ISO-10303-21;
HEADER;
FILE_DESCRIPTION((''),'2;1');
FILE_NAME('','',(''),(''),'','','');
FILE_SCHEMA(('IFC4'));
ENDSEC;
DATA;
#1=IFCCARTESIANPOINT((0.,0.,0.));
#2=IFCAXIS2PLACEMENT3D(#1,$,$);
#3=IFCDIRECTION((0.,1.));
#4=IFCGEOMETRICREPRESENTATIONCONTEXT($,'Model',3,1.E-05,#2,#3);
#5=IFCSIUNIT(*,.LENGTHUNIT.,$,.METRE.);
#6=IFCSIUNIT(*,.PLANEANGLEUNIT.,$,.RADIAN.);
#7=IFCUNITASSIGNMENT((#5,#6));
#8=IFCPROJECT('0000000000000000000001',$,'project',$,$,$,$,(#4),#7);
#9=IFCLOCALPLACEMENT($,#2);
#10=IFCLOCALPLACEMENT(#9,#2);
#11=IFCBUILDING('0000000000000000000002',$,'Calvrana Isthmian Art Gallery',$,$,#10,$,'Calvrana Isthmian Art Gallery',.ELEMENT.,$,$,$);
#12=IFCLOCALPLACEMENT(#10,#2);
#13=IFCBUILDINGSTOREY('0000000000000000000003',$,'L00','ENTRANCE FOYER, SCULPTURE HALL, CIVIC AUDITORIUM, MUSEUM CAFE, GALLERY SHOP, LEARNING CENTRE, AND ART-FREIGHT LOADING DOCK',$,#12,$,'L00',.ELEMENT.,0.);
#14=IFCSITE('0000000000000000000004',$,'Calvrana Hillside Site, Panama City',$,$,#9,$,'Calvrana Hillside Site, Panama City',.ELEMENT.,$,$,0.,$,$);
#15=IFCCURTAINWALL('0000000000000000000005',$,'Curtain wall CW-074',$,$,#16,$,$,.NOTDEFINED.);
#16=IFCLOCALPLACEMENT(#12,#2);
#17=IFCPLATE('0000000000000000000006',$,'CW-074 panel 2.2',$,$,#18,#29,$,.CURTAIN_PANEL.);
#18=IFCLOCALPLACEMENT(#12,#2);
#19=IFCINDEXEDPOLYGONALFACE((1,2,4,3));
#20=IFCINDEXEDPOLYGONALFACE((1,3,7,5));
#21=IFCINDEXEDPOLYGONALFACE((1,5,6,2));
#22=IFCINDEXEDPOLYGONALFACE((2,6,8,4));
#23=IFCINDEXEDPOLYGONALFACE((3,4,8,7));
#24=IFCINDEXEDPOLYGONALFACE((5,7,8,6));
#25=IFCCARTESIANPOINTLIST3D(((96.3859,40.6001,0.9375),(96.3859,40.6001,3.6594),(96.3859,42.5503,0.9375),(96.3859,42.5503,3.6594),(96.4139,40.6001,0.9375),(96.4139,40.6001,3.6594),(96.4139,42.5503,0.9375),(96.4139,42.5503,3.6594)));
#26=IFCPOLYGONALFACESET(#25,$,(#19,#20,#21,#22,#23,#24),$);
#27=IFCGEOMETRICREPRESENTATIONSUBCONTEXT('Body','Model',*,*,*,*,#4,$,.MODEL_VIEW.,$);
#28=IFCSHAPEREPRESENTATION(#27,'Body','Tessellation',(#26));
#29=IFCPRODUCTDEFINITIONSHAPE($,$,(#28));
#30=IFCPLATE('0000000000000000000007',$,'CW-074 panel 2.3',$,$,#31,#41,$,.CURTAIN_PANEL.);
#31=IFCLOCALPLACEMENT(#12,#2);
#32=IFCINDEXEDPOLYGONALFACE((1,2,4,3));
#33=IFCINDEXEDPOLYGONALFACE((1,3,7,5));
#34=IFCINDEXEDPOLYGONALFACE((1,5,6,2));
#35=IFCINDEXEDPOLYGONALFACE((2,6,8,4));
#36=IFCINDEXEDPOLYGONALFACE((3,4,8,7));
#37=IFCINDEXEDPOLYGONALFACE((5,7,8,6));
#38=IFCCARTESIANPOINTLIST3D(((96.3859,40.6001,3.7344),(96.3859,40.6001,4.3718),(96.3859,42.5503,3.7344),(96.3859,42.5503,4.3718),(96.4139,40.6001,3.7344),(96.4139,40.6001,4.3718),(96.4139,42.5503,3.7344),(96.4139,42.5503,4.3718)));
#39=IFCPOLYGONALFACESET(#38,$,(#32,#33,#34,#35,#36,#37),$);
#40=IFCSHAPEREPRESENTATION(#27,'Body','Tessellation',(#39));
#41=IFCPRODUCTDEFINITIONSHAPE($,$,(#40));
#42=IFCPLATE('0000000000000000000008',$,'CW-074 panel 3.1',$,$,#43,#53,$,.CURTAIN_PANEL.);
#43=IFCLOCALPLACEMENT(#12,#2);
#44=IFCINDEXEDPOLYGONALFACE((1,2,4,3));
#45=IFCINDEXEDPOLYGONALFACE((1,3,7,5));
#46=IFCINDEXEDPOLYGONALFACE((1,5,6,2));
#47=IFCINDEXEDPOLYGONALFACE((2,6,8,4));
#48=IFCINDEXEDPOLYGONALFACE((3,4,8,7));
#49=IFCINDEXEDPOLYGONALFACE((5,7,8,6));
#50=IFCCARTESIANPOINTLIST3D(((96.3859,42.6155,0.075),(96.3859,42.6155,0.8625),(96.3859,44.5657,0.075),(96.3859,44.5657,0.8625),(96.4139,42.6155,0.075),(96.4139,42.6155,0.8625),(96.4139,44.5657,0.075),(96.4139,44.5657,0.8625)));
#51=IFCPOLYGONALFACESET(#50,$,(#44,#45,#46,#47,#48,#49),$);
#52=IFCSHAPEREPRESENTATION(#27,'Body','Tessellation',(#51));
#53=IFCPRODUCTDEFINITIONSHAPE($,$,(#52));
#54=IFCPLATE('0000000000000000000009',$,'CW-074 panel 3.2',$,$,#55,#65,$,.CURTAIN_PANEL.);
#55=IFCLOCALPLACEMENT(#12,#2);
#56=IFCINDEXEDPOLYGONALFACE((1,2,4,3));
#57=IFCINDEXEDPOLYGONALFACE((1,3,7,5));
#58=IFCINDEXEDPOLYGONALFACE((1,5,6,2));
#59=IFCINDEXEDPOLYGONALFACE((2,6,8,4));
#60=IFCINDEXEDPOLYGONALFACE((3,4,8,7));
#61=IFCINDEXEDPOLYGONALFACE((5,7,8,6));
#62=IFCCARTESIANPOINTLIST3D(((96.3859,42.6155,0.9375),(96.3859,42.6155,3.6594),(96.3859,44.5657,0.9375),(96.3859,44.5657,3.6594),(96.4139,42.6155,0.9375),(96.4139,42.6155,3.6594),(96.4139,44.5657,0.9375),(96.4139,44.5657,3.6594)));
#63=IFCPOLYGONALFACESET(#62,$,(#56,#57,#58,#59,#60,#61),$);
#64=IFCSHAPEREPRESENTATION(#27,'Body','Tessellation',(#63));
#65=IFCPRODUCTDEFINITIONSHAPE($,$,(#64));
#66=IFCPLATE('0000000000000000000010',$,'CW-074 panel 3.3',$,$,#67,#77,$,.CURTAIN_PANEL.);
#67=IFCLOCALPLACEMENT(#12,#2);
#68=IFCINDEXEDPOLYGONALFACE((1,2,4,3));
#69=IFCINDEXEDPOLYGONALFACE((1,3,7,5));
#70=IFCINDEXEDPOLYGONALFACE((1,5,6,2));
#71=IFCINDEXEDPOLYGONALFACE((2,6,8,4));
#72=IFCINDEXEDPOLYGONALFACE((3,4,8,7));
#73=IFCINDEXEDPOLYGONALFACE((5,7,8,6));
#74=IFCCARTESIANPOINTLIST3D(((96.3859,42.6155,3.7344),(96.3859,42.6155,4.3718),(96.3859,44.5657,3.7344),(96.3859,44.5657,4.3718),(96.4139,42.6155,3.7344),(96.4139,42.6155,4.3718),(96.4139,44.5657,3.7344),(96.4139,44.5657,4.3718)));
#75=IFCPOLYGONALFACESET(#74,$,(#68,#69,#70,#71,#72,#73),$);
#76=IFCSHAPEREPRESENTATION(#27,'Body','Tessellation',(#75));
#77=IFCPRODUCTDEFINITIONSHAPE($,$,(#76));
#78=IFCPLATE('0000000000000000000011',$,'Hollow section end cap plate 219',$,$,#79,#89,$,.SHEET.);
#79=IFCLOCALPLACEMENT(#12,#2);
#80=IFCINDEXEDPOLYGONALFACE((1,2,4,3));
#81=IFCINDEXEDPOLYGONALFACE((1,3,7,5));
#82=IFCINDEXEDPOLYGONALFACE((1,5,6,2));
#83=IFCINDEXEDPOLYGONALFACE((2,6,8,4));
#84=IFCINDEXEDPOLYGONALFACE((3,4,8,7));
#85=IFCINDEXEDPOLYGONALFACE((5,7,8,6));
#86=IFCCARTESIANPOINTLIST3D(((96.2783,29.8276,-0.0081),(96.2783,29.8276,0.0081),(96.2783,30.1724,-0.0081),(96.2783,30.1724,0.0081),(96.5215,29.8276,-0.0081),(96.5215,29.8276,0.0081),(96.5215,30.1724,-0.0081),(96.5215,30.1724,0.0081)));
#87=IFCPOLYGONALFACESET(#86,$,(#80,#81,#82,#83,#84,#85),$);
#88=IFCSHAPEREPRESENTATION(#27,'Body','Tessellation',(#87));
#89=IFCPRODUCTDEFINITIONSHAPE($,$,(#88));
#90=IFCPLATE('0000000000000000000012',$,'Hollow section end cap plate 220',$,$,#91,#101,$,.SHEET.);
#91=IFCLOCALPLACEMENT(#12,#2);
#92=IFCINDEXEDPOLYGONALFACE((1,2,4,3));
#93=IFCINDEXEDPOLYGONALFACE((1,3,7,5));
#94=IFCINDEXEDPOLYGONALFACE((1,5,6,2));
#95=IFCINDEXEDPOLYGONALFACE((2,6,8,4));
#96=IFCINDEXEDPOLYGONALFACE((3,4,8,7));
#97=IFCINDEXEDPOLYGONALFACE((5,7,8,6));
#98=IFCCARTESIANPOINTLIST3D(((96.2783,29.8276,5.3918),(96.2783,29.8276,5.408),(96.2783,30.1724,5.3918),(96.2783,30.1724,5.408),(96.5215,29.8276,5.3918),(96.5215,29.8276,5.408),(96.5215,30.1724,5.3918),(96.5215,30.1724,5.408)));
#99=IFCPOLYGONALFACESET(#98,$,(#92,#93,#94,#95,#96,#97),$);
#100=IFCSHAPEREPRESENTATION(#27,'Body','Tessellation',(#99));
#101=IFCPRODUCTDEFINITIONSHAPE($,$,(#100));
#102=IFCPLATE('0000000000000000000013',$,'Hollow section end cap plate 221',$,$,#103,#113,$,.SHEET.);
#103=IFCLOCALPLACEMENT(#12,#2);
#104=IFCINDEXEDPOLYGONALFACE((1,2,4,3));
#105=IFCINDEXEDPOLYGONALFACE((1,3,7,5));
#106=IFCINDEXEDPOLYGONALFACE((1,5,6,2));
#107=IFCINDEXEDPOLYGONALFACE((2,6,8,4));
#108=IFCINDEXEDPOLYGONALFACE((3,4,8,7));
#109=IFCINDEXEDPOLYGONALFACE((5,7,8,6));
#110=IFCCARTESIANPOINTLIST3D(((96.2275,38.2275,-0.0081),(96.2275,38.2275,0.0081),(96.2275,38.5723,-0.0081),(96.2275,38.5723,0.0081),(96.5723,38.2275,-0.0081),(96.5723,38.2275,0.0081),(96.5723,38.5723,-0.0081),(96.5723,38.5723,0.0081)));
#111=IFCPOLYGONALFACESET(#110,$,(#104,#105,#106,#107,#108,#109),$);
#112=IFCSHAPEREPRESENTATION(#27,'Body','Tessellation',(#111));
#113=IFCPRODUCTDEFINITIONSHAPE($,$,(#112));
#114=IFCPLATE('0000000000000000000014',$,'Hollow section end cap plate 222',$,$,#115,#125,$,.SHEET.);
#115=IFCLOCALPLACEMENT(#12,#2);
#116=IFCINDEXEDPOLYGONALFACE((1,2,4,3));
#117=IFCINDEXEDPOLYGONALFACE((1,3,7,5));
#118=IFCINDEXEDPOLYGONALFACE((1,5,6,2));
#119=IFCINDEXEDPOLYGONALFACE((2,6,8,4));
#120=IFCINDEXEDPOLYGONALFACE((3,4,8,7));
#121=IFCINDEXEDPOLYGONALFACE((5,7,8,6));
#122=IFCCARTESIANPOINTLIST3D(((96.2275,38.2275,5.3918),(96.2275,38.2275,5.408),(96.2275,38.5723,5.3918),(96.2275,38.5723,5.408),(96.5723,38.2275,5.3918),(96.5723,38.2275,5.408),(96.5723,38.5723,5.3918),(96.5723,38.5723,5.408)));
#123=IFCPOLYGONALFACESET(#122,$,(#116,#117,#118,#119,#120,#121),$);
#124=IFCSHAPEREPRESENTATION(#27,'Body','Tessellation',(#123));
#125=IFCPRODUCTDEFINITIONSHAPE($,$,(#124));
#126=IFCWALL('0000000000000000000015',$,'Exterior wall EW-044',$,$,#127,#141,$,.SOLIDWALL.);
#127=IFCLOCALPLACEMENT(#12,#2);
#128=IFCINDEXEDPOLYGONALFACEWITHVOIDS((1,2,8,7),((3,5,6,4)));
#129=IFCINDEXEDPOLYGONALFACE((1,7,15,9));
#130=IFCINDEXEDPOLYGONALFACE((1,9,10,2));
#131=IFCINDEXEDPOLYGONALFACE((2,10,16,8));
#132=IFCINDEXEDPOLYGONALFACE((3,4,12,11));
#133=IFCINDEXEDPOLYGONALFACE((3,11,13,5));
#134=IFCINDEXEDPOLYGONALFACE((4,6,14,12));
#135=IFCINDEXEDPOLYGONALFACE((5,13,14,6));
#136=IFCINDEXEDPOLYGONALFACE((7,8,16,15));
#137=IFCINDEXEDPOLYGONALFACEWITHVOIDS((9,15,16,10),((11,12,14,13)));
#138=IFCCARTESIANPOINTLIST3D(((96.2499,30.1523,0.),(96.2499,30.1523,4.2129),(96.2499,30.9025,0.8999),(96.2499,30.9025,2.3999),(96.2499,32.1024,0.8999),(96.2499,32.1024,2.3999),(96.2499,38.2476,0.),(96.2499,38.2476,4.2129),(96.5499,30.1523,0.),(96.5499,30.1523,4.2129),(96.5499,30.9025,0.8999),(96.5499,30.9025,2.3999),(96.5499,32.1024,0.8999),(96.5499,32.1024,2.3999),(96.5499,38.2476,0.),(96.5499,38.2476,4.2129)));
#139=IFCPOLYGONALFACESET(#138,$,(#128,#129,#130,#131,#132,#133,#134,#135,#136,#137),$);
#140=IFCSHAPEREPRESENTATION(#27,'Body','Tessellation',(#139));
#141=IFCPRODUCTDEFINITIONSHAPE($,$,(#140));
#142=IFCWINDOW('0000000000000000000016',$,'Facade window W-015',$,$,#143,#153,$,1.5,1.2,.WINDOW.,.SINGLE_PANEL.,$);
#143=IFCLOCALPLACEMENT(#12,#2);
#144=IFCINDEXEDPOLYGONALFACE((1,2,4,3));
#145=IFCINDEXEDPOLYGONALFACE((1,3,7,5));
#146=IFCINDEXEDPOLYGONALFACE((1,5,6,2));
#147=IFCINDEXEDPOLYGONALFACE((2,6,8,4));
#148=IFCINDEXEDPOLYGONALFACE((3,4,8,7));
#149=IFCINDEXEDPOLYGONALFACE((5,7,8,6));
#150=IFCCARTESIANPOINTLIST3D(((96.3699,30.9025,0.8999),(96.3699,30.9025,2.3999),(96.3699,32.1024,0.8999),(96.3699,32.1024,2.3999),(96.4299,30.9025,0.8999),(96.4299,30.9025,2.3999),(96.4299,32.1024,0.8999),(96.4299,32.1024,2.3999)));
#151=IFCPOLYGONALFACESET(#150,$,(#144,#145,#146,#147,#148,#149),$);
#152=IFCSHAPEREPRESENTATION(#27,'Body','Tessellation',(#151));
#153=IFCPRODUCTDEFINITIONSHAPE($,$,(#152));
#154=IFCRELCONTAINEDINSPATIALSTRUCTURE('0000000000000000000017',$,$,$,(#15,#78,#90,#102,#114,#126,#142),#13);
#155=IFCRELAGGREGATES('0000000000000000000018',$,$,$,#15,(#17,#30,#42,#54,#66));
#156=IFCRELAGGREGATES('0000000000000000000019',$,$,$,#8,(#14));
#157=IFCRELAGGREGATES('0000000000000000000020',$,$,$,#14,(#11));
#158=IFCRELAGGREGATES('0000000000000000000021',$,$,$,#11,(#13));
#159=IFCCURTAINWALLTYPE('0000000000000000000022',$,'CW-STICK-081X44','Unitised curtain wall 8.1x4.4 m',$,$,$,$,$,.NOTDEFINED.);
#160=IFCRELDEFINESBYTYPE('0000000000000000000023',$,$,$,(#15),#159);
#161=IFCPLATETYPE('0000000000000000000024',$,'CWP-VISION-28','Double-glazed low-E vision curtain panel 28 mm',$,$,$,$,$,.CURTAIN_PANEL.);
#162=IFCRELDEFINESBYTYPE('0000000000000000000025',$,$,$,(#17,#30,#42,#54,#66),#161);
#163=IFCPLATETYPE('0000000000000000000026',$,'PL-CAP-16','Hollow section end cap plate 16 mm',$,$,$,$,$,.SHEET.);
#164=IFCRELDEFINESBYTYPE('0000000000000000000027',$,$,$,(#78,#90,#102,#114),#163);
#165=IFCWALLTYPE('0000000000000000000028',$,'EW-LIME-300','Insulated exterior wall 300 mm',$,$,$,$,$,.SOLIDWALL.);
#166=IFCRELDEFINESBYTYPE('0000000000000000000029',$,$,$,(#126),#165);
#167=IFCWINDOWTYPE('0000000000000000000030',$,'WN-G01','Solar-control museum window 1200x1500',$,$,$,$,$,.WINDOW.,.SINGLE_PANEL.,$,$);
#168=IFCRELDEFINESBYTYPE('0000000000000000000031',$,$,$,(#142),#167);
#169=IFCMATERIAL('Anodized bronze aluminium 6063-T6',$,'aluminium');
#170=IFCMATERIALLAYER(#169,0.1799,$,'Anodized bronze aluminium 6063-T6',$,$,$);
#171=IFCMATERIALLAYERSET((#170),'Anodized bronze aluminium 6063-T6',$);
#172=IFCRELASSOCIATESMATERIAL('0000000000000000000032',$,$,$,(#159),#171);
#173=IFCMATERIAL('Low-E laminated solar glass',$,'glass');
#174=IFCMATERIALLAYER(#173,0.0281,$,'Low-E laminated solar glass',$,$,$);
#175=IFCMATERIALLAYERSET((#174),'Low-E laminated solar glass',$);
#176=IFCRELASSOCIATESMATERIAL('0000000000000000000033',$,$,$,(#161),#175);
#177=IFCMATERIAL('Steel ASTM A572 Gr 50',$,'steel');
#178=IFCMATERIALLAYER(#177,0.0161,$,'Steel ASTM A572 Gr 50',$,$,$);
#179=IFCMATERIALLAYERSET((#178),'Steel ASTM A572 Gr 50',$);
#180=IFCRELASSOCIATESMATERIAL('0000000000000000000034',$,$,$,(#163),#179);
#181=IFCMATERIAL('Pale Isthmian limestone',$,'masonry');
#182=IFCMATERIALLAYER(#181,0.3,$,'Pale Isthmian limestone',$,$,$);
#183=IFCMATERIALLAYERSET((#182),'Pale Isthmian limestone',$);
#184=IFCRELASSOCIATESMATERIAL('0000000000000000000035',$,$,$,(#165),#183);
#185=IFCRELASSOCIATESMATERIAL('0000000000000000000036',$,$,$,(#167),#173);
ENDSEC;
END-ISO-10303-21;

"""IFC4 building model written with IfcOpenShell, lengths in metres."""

from ifc_helpers import new_model, si_unit, direction, frame, frame_2d, origin, origin_2d, place, context, subcontext, project, spatial, rectangle, extrude, material, layer, layer_set, type_object, element, fill, aggregate, save


model = new_model("IFC4")

# Units and contexts
model_context = context("Model", 3, precision=1e-05, world=origin(), true_north=direction((0.0, 1.0)))
body_context = subcontext(model_context, "Body", "Model", "MODEL_VIEW")
ifc_project = project(units=[si_unit("LENGTHUNIT", "METRE"), si_unit("PLANEANGLEUNIT", "RADIAN")], contexts=[model_context])

# Site, building, storey
site_placement = place(None, origin())
site = spatial("IfcSite", under=ifc_project, at=site_placement, Name="Calvrana Hillside Site, Panama City", LongName="Calvrana Hillside Site, Panama City", CompositionType="ELEMENT", RefElevation=0.0)
building_placement = place(site_placement, origin())
building = spatial("IfcBuilding", under=site, at=building_placement, Name="Calvrana Isthmian Art Gallery", LongName="Calvrana Isthmian Art Gallery", CompositionType="ELEMENT")
storey_placement = place(building_placement, origin())
storey = spatial("IfcBuildingStorey", under=building, at=storey_placement, Name="L00", Description="ENTRANCE FOYER, SCULPTURE HALL, CIVIC AUDITORIUM, MUSEUM CAFE, GALLERY SHOP, LEARNING CENTRE, AND ART-FREIGHT LOADING DOCK", LongName="L00", CompositionType="ELEMENT", Elevation=0.0)

# Shared definitions
ifc_material_1 = material(Name="Anodized bronze aluminium 6063-T6", Category="aluminium")

# Curtain wall, plates
ifc_layer_1 = layer(ifc_material_1, 0.1799, Name="Anodized bronze aluminium 6063-T6")
ifc_layer_set_1 = layer_set([ifc_layer_1], Name="Anodized bronze aluminium 6063-T6")
curtain_wall_type_1 = type_object("IfcCurtainWallType", Name="CW-STICK-081X44", Description="Unitised curtain wall 8.1x4.4 m", PredefinedType="NOTDEFINED", material=ifc_layer_set_1)
curtain_wall_1_placement = place(storey_placement, origin())
curtain_wall_1 = element("IfcCurtainWall", 1, at=curtain_wall_1_placement, inside=storey, type_object=curtain_wall_type_1, Name="Curtain wall CW-074", PredefinedType="NOTDEFINED")
ifc_material_2 = material(Name="Low-E laminated solar glass", Category="glass")
ifc_layer_2 = layer(ifc_material_2, 0.0281, Name="Low-E laminated solar glass")
ifc_layer_set_2 = layer_set([ifc_layer_2], Name="Low-E laminated solar glass")
plate_type_1 = type_object("IfcPlateType", Name="CWP-VISION-28", Description="Double-glazed low-E vision curtain panel 28 mm", PredefinedType="CURTAIN_PANEL", material=ifc_layer_set_2)
plate_1_placement = place(storey_placement, frame((96.3999, 41.5752, 0.9375), z_axis=(0.0, 0.0, 1.0), x_axis=(0.0, 1.0, 0.0)))
plate_1 = element("IfcPlate", 2, at=plate_1_placement, type_object=plate_type_1, Name="CW-074 panel 2.2", PredefinedType="CURTAIN_PANEL", context=body_context, shape_type="SweptSolid", body=[
    extrude(rectangle(XDim=1.9502, YDim=0.0281, at=origin_2d()), origin(), (0.0, 0.0, 1.0), 2.7219),
])
plate_2_placement = place(storey_placement, frame((96.3999, 41.5752, 3.7344), z_axis=(0.0, 0.0, 1.0), x_axis=(0.0, 1.0, 0.0)))
plate_2 = element("IfcPlate", 3, at=plate_2_placement, type_object=plate_type_1, Name="CW-074 panel 2.3", PredefinedType="CURTAIN_PANEL", context=body_context, shape_type="SweptSolid", body=[
    extrude(rectangle(XDim=1.9502, YDim=0.0281, at=origin_2d()), origin(), (0.0, 0.0, 1.0), 0.6375),
])
plate_3_placement = place(storey_placement, frame((96.3999, 43.5906, 0.075), z_axis=(0.0, 0.0, 1.0), x_axis=(0.0, 1.0, 0.0)))
plate_3 = element("IfcPlate", 4, at=plate_3_placement, type_object=plate_type_1, Name="CW-074 panel 3.1", PredefinedType="CURTAIN_PANEL", context=body_context, shape_type="SweptSolid", body=[
    extrude(rectangle(XDim=1.9502, YDim=0.0281, at=origin_2d()), origin(), (0.0, 0.0, 1.0), 0.7876),
])
plate_4_placement = place(storey_placement, frame((96.3999, 43.5906, 0.9375), z_axis=(0.0, 0.0, 1.0), x_axis=(0.0, 1.0, 0.0)))
plate_4 = element("IfcPlate", 5, at=plate_4_placement, type_object=plate_type_1, Name="CW-074 panel 3.2", PredefinedType="CURTAIN_PANEL", context=body_context, shape_type="SweptSolid", body=[
    extrude(rectangle(XDim=1.9502, YDim=0.0281, at=origin_2d()), origin(), (0.0, 0.0, 1.0), 2.7219),
])
plate_5_placement = place(storey_placement, frame((96.3999, 43.5906, 3.7344), z_axis=(0.0, 0.0, 1.0), x_axis=(0.0, 1.0, 0.0)))
plate_5 = element("IfcPlate", 6, at=plate_5_placement, type_object=plate_type_1, Name="CW-074 panel 3.3", PredefinedType="CURTAIN_PANEL", context=body_context, shape_type="SweptSolid", body=[
    extrude(rectangle(XDim=1.9502, YDim=0.0281, at=origin_2d()), origin(), (0.0, 0.0, 1.0), 0.6375),
])
aggregate(curtain_wall_1, [plate_1, plate_2, plate_3, plate_4, plate_5])

# Plates
ifc_material_3 = material(Name="Steel ASTM A572 Gr 50", Category="steel")
ifc_layer_3 = layer(ifc_material_3, 0.0161, Name="Steel ASTM A572 Gr 50")
ifc_layer_set_3 = layer_set([ifc_layer_3], Name="Steel ASTM A572 Gr 50")
plate_type_2 = type_object("IfcPlateType", Name="PL-CAP-16", Description="Hollow section end cap plate 16 mm", PredefinedType="SHEET", material=ifc_layer_set_3)
for number, where, z_axis, x_axis, name in (
    (7, (96.3999, 30.0, -0.0081), (0.0, 0.0, 1.0), (1.0, 0.0, 0.0), "Hollow section end cap plate 219"),
    (8, (96.3999, 30.0, 5.3918), (0.0, 0.0, 1.0), (1.0, 0.0, 0.0), "Hollow section end cap plate 220"),
):
    element("IfcPlate", number, at=place(storey_placement, frame(where, z_axis=z_axis, x_axis=x_axis)), inside=storey, type_object=plate_type_2, Name=name, PredefinedType="SHEET", context=body_context, shape_type="SweptSolid", body=[
        extrude(rectangle(XDim=0.2432, YDim=0.3447, at=origin_2d()), origin(), (0.0, 0.0, 1.0), 0.0161),
    ])
for number, where, z_axis, x_axis, name in (
    (9, (96.3999, 38.3999, -0.0081), (0.0, 0.0, 1.0), (1.0, 0.0, 0.0), "Hollow section end cap plate 221"),
    (10, (96.3999, 38.3999, 5.3918), (0.0, 0.0, 1.0), (1.0, 0.0, 0.0), "Hollow section end cap plate 222"),
):
    element("IfcPlate", number, at=place(storey_placement, frame(where, z_axis=z_axis, x_axis=x_axis)), inside=storey, type_object=plate_type_2, Name=name, PredefinedType="SHEET", context=body_context, shape_type="SweptSolid", body=[
        extrude(rectangle(XDim=0.3447, YDim=0.3447, at=origin_2d()), origin(), (0.0, 0.0, 1.0), 0.0161),
    ])

# Wall, opening, window
ifc_material_4 = material(Name="Pale Isthmian limestone", Category="masonry")
ifc_layer_4 = layer(ifc_material_4, 0.3, Name="Pale Isthmian limestone")
ifc_layer_set_4 = layer_set([ifc_layer_4], Name="Pale Isthmian limestone")
wall_type = type_object("IfcWallType", Name="EW-LIME-300", Description="Insulated exterior wall 300 mm", PredefinedType="SOLIDWALL", material=ifc_layer_set_4)
wall_placement = place(storey_placement, frame((96.3999, 30.1523, 0.0), z_axis=(0.0, 0.0, 1.0), x_axis=(0.0, 1.0, 0.0)))
wall = element("IfcWall", 11, at=wall_placement, inside=storey, type_object=wall_type, Name="Exterior wall EW-044", PredefinedType="SOLIDWALL", context=body_context, shape_type="SweptSolid", body=[
    extrude(rectangle(XDim=8.0952, YDim=0.3, at=frame_2d((4.0476, 0.0))), origin(), (0.0, 0.0, 1.0), 4.2129),
])
opening_placement = place(wall_placement, frame((0.75, 0.0, 0.8999)))
opening = element("IfcOpeningElement", 12, at=opening_placement, cuts=wall, PredefinedType="OPENING", context=body_context, shape_type="SweptSolid", body=[
    extrude(rectangle(XDim=1.2, YDim=1.5, at=frame_2d((0.6001, 0.75))), frame((0.0, 0.1602, 0.0), z_axis=(0.0, -1.0, 0.0), x_axis=(1.0, 0.0, 0.0)), (0.0, 0.0, 1.0), 0.3206),
])
window_type = type_object("IfcWindowType", Name="WN-G01", Description="Solar-control museum window 1200x1500", PartitioningType="SINGLE_PANEL", PredefinedType="WINDOW", material=ifc_material_2)
window_placement = place(opening_placement, origin())
window = element("IfcWindow", 13, at=window_placement, inside=storey, type_object=window_type, Name="Facade window W-015", OverallHeight=1.5, OverallWidth=1.2, PartitioningType="SINGLE_PANEL", PredefinedType="WINDOW", context=body_context, shape_type="SweptSolid", body=[
    extrude(rectangle(XDim=1.2, YDim=1.5, at=frame_2d((0.6001, 0.75))), frame((0.0, 0.03, 0.0), z_axis=(0.0, -1.0, 0.0), x_axis=(1.0, 0.0, 0.0)), (0.0, 0.0, 1.0), 0.0601),
])
fill(opening, window)

save(model, "model.ifc")
